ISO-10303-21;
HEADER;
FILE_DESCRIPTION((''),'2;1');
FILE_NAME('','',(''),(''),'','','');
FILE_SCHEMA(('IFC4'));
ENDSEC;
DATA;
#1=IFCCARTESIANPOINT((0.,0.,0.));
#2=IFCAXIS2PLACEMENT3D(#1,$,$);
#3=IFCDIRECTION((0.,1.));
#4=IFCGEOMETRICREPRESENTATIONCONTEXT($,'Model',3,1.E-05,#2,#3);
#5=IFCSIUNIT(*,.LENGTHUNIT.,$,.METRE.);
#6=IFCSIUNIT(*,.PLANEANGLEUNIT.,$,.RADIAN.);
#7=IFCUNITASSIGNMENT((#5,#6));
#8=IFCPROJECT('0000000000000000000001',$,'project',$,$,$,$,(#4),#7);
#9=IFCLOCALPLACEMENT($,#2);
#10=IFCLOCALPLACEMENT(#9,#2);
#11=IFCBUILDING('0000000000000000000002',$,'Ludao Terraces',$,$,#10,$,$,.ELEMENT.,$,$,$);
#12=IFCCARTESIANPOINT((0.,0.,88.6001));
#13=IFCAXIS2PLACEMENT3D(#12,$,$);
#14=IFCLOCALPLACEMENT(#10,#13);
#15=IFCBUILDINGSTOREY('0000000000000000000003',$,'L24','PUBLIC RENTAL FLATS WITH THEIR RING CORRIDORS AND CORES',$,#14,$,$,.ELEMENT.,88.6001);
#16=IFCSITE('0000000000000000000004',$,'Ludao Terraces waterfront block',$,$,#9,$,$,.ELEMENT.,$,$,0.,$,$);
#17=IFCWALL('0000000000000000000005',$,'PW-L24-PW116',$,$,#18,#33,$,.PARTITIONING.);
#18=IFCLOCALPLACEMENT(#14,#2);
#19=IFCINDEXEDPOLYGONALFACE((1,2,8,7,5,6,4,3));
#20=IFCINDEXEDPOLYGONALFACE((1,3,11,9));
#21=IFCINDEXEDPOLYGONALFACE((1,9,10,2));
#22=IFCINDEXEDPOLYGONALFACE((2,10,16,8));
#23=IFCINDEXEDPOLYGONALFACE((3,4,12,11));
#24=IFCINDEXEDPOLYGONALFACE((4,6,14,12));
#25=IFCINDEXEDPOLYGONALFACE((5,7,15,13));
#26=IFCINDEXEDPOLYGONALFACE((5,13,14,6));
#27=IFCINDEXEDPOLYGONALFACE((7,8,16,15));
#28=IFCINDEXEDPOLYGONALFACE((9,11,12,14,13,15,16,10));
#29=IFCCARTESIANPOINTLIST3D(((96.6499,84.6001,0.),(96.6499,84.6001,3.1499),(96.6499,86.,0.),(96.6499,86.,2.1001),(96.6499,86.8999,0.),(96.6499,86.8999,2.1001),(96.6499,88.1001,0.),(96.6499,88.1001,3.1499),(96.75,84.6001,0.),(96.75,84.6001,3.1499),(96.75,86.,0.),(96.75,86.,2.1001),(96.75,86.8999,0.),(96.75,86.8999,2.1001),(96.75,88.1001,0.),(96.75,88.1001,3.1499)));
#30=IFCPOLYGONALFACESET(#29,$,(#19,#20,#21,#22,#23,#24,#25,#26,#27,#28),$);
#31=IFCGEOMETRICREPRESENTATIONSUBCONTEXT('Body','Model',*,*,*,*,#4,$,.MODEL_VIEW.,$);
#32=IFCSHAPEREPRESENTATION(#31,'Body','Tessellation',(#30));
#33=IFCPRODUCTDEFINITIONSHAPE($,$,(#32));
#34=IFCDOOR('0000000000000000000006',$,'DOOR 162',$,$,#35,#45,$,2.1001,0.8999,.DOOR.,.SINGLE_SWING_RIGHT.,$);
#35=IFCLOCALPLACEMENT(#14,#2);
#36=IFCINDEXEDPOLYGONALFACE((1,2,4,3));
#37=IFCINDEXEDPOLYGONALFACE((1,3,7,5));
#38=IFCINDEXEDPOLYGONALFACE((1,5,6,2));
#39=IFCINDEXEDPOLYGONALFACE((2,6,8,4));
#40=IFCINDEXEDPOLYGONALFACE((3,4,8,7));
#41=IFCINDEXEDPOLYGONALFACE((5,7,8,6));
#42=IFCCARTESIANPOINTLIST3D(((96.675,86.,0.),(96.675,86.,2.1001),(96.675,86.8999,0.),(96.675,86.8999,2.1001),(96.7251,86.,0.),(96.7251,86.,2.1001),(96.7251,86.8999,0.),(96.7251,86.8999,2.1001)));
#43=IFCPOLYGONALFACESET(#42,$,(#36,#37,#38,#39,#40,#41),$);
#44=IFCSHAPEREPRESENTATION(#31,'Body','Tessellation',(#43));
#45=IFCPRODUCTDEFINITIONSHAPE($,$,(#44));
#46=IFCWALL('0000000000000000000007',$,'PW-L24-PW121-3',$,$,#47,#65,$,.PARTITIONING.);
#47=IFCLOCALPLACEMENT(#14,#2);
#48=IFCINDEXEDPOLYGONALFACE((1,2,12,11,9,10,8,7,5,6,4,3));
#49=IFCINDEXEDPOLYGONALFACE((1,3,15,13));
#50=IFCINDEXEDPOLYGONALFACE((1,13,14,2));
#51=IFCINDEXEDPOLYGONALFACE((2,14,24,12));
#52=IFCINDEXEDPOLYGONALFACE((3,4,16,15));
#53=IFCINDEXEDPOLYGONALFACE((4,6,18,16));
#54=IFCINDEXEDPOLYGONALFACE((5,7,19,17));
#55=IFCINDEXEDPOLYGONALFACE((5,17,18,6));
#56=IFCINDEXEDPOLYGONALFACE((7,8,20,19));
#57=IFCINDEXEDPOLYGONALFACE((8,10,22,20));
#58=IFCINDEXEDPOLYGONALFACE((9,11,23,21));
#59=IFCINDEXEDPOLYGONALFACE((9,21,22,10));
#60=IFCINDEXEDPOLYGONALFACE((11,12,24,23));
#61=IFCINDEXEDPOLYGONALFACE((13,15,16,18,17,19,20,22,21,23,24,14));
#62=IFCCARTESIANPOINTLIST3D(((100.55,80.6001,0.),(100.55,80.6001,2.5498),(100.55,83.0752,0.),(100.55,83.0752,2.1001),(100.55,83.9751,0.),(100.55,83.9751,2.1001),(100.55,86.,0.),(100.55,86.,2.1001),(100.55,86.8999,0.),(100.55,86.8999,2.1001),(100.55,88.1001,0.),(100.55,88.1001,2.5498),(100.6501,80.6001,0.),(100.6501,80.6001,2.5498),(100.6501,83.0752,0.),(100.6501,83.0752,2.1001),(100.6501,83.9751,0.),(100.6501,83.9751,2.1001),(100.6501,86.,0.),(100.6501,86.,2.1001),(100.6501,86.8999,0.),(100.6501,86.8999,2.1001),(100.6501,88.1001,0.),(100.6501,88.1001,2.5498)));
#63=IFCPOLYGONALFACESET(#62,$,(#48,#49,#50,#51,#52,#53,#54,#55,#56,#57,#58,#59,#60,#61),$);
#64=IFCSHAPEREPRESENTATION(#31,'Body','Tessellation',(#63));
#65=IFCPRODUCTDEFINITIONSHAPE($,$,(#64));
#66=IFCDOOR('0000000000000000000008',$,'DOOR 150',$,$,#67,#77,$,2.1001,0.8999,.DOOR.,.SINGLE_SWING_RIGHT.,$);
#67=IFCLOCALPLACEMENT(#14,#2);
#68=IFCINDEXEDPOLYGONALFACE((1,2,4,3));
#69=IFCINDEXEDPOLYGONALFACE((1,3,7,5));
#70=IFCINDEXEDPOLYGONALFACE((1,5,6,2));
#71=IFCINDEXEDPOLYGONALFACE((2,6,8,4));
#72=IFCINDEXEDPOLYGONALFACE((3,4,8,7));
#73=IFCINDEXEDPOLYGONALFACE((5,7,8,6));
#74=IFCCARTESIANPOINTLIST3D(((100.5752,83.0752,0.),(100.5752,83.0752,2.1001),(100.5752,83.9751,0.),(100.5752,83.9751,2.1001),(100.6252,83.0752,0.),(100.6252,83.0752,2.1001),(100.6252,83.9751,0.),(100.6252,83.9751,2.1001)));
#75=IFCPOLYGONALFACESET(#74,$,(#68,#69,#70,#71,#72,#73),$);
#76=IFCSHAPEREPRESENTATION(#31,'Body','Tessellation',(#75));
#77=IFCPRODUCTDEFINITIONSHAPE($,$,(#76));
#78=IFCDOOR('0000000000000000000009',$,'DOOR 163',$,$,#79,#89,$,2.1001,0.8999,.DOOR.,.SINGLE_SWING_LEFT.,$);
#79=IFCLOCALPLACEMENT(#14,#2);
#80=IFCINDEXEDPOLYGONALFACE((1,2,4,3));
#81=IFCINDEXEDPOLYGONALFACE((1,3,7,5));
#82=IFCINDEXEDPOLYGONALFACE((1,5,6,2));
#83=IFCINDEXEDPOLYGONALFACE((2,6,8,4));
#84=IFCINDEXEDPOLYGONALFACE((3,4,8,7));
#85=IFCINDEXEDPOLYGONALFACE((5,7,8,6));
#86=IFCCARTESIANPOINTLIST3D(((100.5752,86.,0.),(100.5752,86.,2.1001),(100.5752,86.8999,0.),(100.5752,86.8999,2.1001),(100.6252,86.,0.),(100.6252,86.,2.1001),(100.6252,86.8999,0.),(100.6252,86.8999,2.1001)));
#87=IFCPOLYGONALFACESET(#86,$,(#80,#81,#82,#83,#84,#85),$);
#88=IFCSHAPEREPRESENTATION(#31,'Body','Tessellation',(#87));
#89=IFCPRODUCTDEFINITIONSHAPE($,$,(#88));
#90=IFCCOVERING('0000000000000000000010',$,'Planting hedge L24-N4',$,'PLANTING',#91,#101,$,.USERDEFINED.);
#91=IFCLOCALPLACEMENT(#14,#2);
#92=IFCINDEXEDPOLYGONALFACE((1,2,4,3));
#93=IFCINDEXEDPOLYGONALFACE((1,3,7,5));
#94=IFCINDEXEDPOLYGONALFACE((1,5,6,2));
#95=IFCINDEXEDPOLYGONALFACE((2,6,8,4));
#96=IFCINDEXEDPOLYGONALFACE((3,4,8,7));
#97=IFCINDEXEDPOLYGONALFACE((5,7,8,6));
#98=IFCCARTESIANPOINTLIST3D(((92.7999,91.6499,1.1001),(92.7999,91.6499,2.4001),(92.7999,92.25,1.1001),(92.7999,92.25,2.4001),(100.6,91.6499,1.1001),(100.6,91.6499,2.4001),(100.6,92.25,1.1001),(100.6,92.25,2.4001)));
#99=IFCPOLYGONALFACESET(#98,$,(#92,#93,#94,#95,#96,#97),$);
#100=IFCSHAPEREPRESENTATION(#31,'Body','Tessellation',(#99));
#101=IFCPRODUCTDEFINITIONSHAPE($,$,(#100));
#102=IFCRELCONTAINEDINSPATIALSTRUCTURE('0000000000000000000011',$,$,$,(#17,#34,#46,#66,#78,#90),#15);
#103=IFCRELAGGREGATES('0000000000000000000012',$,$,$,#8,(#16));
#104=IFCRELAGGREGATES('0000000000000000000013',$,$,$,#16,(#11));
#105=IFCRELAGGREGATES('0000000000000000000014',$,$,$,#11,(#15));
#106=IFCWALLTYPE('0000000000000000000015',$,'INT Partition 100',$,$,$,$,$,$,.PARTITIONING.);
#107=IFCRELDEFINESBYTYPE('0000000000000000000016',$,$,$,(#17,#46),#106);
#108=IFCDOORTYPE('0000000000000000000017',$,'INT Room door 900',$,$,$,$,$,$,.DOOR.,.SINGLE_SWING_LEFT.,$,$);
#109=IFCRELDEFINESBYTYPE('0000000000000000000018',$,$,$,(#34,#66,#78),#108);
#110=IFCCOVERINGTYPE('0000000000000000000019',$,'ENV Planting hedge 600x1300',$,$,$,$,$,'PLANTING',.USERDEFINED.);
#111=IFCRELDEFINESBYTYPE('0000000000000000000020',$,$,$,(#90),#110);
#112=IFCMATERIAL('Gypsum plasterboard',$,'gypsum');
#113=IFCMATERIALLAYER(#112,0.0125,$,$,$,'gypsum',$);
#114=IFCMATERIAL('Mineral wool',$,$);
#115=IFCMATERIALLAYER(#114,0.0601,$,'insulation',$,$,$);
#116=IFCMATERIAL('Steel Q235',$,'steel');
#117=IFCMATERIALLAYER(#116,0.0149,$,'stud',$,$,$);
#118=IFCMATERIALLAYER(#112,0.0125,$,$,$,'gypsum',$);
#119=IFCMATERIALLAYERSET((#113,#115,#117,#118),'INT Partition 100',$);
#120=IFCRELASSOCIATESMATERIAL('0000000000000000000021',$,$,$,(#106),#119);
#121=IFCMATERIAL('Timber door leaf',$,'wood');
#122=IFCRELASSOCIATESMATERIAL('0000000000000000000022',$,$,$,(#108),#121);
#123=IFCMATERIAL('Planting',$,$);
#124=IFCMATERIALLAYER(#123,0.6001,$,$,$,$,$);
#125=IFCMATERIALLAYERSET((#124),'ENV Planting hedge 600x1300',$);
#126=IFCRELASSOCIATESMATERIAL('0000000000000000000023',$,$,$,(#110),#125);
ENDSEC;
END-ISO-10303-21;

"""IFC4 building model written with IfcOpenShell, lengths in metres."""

from ifc_helpers import new_model, si_unit, direction, frame, frame_2d, origin, origin_2d, place, context, subcontext, project, spatial, rectangle, extrude, material, layer, layer_set, type_object, element, fill, save


model = new_model("IFC4")

# Units and contexts
model_context = context("Model", 3, precision=1e-05, world=origin(), true_north=direction((0.0, 1.0)))
body_context = subcontext(model_context, "Body", "Model", "MODEL_VIEW")
ifc_project = project(units=[si_unit("LENGTHUNIT", "METRE"), si_unit("PLANEANGLEUNIT", "RADIAN")], contexts=[model_context])

# Site, building, storey
site_placement = place(None, origin())
site = spatial("IfcSite", under=ifc_project, at=site_placement, Name="Ludao Terraces waterfront block", CompositionType="ELEMENT", RefElevation=0.0)
building_placement = place(site_placement, origin())
building = spatial("IfcBuilding", under=site, at=building_placement, Name="Ludao Terraces", CompositionType="ELEMENT")
storey_placement = place(building_placement, frame((0.0, 0.0, 88.6001)))
storey = spatial("IfcBuildingStorey", under=building, at=storey_placement, Name="L24", Description="PUBLIC RENTAL FLATS WITH THEIR RING CORRIDORS AND CORES", CompositionType="ELEMENT", Elevation=88.6001)

# Shared definitions
ifc_material_1 = material(Name="Gypsum plasterboard", Category="gypsum")
ifc_layer_1 = layer(ifc_material_1, 0.0125, Category="gypsum")
ifc_material_2 = material(Name="Mineral wool")
ifc_layer_2 = layer(ifc_material_2, 0.0601, Name="insulation")
ifc_material_3 = material(Name="Steel Q235", Category="steel")
ifc_layer_3 = layer(ifc_material_3, 0.0149, Name="stud")
ifc_layer_4 = layer(ifc_material_1, 0.0125, Category="gypsum")
ifc_layer_set_1 = layer_set([ifc_layer_1, ifc_layer_2, ifc_layer_3, ifc_layer_4], Name="INT Partition 100")
wall_type_1 = type_object("IfcWallType", Name="INT Partition 100", PredefinedType="PARTITIONING", material=ifc_layer_set_1)

# Wall, opening, door
ifc_material_4 = material(Name="Timber door leaf", Category="wood")
door_type = type_object("IfcDoorType", Name="INT Room door 900", OperationType="SINGLE_SWING_LEFT", PredefinedType="DOOR", material=ifc_material_4)
wall_1_placement = place(storey_placement, frame((96.7, 84.6001, 0.0), z_axis=(0.0, 0.0, 1.0), x_axis=(0.0, 1.0, 0.0)))
wall_1 = element("IfcWall", 1, at=wall_1_placement, inside=storey, type_object=wall_type_1, Name="PW-L24-PW116", PredefinedType="PARTITIONING", context=body_context, shape_type="SweptSolid", body=[
    extrude(rectangle(XDim=3.5, YDim=0.1001, at=frame_2d((1.75, 0.0))), origin(), (0.0, 0.0, 1.0), 3.1499),
])
opening_1_placement = place(wall_1_placement, frame((1.3999, 0.0, 0.0)))
opening_1 = element("IfcOpeningElement", 2, at=opening_1_placement, cuts=wall_1, PredefinedType="OPENING", context=body_context, shape_type="SweptSolid", body=[
    extrude(rectangle(XDim=0.8999, YDim=2.1001, at=frame_2d((0.45, 1.05))), frame((0.0, 0.0601, 0.0), z_axis=(0.0, -1.0, 0.0), x_axis=(1.0, 0.0, 0.0)), (0.0, 0.0, 1.0), 0.1201),
])
door_1_placement = place(opening_1_placement, origin())
door_1 = element("IfcDoor", 3, at=door_1_placement, inside=storey, type_object=door_type, Name="DOOR 162", OperationType="SINGLE_SWING_RIGHT", OverallHeight=2.1001, OverallWidth=0.8999, PredefinedType="DOOR", context=body_context, shape_type="SweptSolid", body=[
    extrude(rectangle(XDim=0.8999, YDim=2.1001, at=frame_2d((0.45, 1.05))), frame((0.0, 0.0249, 0.0), z_axis=(0.0, -1.0, 0.0), x_axis=(1.0, 0.0, 0.0)), (0.0, 0.0, 1.0), 0.05),
])
fill(opening_1, door_1)

# Wall, openings, doors
wall_2_placement = place(storey_placement, frame((100.6001, 80.6001, 0.0), z_axis=(0.0, 0.0, 1.0), x_axis=(0.0, 1.0, 0.0)))
wall_2 = element("IfcWall", 4, at=wall_2_placement, inside=storey, type_object=wall_type_1, Name="PW-L24-PW121-3", PredefinedType="PARTITIONING", context=body_context, shape_type="SweptSolid", body=[
    extrude(rectangle(XDim=7.5, YDim=0.1001, at=frame_2d((3.75, 0.0))), origin(), (0.0, 0.0, 1.0), 2.5498),
])
opening_2_placement = place(wall_2_placement, frame((2.4751, 0.0, 0.0)))
opening_2 = element("IfcOpeningElement", 5, at=opening_2_placement, cuts=wall_2, PredefinedType="OPENING", context=body_context, shape_type="SweptSolid", body=[
    extrude(rectangle(XDim=0.8999, YDim=2.1001, at=frame_2d((0.45, 1.05))), frame((0.0, 0.0601, 0.0), z_axis=(0.0, -1.0, 0.0), x_axis=(1.0, 0.0, 0.0)), (0.0, 0.0, 1.0), 0.1201),
])
opening_3_placement = place(wall_2_placement, frame((5.3999, 0.0, 0.0)))
opening_3 = element("IfcOpeningElement", 6, at=opening_3_placement, cuts=wall_2, PredefinedType="OPENING", context=body_context, shape_type="SweptSolid", body=[
    extrude(rectangle(XDim=0.8999, YDim=2.1001, at=frame_2d((0.45, 1.05))), frame((0.0, 0.0601, 0.0), z_axis=(0.0, -1.0, 0.0), x_axis=(1.0, 0.0, 0.0)), (0.0, 0.0, 1.0), 0.1201),
])
door_2_placement = place(opening_2_placement, origin())
door_2 = element("IfcDoor", 7, at=door_2_placement, inside=storey, type_object=door_type, Name="DOOR 150", OperationType="SINGLE_SWING_RIGHT", OverallHeight=2.1001, OverallWidth=0.8999, PredefinedType="DOOR", context=body_context, shape_type="SweptSolid", body=[
    extrude(rectangle(XDim=0.8999, YDim=2.1001, at=frame_2d((0.45, 1.05))), frame((0.0, 0.0249, 0.0), z_axis=(0.0, -1.0, 0.0), x_axis=(1.0, 0.0, 0.0)), (0.0, 0.0, 1.0), 0.05),
])
fill(opening_2, door_2)
door_3_placement = place(opening_3_placement, origin())
door_3 = element("IfcDoor", 8, at=door_3_placement, inside=storey, type_object=door_type, Name="DOOR 163", OperationType="SINGLE_SWING_LEFT", OverallHeight=2.1001, OverallWidth=0.8999, PredefinedType="DOOR", context=body_context, shape_type="SweptSolid", body=[
    extrude(rectangle(XDim=0.8999, YDim=2.1001, at=frame_2d((0.45, 1.05))), frame((0.0, 0.0249, 0.0), z_axis=(0.0, -1.0, 0.0), x_axis=(1.0, 0.0, 0.0)), (0.0, 0.0, 1.0), 0.05),
])
fill(opening_3, door_3)

# Covering
ifc_material_5 = material(Name="Planting")
ifc_layer_5 = layer(ifc_material_5, 0.6001)
ifc_layer_set_2 = layer_set([ifc_layer_5], Name="ENV Planting hedge 600x1300")
covering_type = type_object("IfcCoveringType", Name="ENV Planting hedge 600x1300", ElementType="PLANTING", PredefinedType="USERDEFINED", material=ifc_layer_set_2)
covering_placement = place(storey_placement, frame((96.7, 91.95, 1.1001), z_axis=(0.0, 0.0, 1.0), x_axis=(1.0, 0.0, 0.0)))
element("IfcCovering", 9, at=covering_placement, inside=storey, type_object=covering_type, Name="Planting hedge L24-N4", ObjectType="PLANTING", PredefinedType="USERDEFINED", context=body_context, shape_type="SweptSolid", body=[
    extrude(rectangle(XDim=7.8, YDim=0.6001, at=origin_2d()), origin(), (0.0, 0.0, 1.0), 1.3),
])

save(model, "model.ifc")
